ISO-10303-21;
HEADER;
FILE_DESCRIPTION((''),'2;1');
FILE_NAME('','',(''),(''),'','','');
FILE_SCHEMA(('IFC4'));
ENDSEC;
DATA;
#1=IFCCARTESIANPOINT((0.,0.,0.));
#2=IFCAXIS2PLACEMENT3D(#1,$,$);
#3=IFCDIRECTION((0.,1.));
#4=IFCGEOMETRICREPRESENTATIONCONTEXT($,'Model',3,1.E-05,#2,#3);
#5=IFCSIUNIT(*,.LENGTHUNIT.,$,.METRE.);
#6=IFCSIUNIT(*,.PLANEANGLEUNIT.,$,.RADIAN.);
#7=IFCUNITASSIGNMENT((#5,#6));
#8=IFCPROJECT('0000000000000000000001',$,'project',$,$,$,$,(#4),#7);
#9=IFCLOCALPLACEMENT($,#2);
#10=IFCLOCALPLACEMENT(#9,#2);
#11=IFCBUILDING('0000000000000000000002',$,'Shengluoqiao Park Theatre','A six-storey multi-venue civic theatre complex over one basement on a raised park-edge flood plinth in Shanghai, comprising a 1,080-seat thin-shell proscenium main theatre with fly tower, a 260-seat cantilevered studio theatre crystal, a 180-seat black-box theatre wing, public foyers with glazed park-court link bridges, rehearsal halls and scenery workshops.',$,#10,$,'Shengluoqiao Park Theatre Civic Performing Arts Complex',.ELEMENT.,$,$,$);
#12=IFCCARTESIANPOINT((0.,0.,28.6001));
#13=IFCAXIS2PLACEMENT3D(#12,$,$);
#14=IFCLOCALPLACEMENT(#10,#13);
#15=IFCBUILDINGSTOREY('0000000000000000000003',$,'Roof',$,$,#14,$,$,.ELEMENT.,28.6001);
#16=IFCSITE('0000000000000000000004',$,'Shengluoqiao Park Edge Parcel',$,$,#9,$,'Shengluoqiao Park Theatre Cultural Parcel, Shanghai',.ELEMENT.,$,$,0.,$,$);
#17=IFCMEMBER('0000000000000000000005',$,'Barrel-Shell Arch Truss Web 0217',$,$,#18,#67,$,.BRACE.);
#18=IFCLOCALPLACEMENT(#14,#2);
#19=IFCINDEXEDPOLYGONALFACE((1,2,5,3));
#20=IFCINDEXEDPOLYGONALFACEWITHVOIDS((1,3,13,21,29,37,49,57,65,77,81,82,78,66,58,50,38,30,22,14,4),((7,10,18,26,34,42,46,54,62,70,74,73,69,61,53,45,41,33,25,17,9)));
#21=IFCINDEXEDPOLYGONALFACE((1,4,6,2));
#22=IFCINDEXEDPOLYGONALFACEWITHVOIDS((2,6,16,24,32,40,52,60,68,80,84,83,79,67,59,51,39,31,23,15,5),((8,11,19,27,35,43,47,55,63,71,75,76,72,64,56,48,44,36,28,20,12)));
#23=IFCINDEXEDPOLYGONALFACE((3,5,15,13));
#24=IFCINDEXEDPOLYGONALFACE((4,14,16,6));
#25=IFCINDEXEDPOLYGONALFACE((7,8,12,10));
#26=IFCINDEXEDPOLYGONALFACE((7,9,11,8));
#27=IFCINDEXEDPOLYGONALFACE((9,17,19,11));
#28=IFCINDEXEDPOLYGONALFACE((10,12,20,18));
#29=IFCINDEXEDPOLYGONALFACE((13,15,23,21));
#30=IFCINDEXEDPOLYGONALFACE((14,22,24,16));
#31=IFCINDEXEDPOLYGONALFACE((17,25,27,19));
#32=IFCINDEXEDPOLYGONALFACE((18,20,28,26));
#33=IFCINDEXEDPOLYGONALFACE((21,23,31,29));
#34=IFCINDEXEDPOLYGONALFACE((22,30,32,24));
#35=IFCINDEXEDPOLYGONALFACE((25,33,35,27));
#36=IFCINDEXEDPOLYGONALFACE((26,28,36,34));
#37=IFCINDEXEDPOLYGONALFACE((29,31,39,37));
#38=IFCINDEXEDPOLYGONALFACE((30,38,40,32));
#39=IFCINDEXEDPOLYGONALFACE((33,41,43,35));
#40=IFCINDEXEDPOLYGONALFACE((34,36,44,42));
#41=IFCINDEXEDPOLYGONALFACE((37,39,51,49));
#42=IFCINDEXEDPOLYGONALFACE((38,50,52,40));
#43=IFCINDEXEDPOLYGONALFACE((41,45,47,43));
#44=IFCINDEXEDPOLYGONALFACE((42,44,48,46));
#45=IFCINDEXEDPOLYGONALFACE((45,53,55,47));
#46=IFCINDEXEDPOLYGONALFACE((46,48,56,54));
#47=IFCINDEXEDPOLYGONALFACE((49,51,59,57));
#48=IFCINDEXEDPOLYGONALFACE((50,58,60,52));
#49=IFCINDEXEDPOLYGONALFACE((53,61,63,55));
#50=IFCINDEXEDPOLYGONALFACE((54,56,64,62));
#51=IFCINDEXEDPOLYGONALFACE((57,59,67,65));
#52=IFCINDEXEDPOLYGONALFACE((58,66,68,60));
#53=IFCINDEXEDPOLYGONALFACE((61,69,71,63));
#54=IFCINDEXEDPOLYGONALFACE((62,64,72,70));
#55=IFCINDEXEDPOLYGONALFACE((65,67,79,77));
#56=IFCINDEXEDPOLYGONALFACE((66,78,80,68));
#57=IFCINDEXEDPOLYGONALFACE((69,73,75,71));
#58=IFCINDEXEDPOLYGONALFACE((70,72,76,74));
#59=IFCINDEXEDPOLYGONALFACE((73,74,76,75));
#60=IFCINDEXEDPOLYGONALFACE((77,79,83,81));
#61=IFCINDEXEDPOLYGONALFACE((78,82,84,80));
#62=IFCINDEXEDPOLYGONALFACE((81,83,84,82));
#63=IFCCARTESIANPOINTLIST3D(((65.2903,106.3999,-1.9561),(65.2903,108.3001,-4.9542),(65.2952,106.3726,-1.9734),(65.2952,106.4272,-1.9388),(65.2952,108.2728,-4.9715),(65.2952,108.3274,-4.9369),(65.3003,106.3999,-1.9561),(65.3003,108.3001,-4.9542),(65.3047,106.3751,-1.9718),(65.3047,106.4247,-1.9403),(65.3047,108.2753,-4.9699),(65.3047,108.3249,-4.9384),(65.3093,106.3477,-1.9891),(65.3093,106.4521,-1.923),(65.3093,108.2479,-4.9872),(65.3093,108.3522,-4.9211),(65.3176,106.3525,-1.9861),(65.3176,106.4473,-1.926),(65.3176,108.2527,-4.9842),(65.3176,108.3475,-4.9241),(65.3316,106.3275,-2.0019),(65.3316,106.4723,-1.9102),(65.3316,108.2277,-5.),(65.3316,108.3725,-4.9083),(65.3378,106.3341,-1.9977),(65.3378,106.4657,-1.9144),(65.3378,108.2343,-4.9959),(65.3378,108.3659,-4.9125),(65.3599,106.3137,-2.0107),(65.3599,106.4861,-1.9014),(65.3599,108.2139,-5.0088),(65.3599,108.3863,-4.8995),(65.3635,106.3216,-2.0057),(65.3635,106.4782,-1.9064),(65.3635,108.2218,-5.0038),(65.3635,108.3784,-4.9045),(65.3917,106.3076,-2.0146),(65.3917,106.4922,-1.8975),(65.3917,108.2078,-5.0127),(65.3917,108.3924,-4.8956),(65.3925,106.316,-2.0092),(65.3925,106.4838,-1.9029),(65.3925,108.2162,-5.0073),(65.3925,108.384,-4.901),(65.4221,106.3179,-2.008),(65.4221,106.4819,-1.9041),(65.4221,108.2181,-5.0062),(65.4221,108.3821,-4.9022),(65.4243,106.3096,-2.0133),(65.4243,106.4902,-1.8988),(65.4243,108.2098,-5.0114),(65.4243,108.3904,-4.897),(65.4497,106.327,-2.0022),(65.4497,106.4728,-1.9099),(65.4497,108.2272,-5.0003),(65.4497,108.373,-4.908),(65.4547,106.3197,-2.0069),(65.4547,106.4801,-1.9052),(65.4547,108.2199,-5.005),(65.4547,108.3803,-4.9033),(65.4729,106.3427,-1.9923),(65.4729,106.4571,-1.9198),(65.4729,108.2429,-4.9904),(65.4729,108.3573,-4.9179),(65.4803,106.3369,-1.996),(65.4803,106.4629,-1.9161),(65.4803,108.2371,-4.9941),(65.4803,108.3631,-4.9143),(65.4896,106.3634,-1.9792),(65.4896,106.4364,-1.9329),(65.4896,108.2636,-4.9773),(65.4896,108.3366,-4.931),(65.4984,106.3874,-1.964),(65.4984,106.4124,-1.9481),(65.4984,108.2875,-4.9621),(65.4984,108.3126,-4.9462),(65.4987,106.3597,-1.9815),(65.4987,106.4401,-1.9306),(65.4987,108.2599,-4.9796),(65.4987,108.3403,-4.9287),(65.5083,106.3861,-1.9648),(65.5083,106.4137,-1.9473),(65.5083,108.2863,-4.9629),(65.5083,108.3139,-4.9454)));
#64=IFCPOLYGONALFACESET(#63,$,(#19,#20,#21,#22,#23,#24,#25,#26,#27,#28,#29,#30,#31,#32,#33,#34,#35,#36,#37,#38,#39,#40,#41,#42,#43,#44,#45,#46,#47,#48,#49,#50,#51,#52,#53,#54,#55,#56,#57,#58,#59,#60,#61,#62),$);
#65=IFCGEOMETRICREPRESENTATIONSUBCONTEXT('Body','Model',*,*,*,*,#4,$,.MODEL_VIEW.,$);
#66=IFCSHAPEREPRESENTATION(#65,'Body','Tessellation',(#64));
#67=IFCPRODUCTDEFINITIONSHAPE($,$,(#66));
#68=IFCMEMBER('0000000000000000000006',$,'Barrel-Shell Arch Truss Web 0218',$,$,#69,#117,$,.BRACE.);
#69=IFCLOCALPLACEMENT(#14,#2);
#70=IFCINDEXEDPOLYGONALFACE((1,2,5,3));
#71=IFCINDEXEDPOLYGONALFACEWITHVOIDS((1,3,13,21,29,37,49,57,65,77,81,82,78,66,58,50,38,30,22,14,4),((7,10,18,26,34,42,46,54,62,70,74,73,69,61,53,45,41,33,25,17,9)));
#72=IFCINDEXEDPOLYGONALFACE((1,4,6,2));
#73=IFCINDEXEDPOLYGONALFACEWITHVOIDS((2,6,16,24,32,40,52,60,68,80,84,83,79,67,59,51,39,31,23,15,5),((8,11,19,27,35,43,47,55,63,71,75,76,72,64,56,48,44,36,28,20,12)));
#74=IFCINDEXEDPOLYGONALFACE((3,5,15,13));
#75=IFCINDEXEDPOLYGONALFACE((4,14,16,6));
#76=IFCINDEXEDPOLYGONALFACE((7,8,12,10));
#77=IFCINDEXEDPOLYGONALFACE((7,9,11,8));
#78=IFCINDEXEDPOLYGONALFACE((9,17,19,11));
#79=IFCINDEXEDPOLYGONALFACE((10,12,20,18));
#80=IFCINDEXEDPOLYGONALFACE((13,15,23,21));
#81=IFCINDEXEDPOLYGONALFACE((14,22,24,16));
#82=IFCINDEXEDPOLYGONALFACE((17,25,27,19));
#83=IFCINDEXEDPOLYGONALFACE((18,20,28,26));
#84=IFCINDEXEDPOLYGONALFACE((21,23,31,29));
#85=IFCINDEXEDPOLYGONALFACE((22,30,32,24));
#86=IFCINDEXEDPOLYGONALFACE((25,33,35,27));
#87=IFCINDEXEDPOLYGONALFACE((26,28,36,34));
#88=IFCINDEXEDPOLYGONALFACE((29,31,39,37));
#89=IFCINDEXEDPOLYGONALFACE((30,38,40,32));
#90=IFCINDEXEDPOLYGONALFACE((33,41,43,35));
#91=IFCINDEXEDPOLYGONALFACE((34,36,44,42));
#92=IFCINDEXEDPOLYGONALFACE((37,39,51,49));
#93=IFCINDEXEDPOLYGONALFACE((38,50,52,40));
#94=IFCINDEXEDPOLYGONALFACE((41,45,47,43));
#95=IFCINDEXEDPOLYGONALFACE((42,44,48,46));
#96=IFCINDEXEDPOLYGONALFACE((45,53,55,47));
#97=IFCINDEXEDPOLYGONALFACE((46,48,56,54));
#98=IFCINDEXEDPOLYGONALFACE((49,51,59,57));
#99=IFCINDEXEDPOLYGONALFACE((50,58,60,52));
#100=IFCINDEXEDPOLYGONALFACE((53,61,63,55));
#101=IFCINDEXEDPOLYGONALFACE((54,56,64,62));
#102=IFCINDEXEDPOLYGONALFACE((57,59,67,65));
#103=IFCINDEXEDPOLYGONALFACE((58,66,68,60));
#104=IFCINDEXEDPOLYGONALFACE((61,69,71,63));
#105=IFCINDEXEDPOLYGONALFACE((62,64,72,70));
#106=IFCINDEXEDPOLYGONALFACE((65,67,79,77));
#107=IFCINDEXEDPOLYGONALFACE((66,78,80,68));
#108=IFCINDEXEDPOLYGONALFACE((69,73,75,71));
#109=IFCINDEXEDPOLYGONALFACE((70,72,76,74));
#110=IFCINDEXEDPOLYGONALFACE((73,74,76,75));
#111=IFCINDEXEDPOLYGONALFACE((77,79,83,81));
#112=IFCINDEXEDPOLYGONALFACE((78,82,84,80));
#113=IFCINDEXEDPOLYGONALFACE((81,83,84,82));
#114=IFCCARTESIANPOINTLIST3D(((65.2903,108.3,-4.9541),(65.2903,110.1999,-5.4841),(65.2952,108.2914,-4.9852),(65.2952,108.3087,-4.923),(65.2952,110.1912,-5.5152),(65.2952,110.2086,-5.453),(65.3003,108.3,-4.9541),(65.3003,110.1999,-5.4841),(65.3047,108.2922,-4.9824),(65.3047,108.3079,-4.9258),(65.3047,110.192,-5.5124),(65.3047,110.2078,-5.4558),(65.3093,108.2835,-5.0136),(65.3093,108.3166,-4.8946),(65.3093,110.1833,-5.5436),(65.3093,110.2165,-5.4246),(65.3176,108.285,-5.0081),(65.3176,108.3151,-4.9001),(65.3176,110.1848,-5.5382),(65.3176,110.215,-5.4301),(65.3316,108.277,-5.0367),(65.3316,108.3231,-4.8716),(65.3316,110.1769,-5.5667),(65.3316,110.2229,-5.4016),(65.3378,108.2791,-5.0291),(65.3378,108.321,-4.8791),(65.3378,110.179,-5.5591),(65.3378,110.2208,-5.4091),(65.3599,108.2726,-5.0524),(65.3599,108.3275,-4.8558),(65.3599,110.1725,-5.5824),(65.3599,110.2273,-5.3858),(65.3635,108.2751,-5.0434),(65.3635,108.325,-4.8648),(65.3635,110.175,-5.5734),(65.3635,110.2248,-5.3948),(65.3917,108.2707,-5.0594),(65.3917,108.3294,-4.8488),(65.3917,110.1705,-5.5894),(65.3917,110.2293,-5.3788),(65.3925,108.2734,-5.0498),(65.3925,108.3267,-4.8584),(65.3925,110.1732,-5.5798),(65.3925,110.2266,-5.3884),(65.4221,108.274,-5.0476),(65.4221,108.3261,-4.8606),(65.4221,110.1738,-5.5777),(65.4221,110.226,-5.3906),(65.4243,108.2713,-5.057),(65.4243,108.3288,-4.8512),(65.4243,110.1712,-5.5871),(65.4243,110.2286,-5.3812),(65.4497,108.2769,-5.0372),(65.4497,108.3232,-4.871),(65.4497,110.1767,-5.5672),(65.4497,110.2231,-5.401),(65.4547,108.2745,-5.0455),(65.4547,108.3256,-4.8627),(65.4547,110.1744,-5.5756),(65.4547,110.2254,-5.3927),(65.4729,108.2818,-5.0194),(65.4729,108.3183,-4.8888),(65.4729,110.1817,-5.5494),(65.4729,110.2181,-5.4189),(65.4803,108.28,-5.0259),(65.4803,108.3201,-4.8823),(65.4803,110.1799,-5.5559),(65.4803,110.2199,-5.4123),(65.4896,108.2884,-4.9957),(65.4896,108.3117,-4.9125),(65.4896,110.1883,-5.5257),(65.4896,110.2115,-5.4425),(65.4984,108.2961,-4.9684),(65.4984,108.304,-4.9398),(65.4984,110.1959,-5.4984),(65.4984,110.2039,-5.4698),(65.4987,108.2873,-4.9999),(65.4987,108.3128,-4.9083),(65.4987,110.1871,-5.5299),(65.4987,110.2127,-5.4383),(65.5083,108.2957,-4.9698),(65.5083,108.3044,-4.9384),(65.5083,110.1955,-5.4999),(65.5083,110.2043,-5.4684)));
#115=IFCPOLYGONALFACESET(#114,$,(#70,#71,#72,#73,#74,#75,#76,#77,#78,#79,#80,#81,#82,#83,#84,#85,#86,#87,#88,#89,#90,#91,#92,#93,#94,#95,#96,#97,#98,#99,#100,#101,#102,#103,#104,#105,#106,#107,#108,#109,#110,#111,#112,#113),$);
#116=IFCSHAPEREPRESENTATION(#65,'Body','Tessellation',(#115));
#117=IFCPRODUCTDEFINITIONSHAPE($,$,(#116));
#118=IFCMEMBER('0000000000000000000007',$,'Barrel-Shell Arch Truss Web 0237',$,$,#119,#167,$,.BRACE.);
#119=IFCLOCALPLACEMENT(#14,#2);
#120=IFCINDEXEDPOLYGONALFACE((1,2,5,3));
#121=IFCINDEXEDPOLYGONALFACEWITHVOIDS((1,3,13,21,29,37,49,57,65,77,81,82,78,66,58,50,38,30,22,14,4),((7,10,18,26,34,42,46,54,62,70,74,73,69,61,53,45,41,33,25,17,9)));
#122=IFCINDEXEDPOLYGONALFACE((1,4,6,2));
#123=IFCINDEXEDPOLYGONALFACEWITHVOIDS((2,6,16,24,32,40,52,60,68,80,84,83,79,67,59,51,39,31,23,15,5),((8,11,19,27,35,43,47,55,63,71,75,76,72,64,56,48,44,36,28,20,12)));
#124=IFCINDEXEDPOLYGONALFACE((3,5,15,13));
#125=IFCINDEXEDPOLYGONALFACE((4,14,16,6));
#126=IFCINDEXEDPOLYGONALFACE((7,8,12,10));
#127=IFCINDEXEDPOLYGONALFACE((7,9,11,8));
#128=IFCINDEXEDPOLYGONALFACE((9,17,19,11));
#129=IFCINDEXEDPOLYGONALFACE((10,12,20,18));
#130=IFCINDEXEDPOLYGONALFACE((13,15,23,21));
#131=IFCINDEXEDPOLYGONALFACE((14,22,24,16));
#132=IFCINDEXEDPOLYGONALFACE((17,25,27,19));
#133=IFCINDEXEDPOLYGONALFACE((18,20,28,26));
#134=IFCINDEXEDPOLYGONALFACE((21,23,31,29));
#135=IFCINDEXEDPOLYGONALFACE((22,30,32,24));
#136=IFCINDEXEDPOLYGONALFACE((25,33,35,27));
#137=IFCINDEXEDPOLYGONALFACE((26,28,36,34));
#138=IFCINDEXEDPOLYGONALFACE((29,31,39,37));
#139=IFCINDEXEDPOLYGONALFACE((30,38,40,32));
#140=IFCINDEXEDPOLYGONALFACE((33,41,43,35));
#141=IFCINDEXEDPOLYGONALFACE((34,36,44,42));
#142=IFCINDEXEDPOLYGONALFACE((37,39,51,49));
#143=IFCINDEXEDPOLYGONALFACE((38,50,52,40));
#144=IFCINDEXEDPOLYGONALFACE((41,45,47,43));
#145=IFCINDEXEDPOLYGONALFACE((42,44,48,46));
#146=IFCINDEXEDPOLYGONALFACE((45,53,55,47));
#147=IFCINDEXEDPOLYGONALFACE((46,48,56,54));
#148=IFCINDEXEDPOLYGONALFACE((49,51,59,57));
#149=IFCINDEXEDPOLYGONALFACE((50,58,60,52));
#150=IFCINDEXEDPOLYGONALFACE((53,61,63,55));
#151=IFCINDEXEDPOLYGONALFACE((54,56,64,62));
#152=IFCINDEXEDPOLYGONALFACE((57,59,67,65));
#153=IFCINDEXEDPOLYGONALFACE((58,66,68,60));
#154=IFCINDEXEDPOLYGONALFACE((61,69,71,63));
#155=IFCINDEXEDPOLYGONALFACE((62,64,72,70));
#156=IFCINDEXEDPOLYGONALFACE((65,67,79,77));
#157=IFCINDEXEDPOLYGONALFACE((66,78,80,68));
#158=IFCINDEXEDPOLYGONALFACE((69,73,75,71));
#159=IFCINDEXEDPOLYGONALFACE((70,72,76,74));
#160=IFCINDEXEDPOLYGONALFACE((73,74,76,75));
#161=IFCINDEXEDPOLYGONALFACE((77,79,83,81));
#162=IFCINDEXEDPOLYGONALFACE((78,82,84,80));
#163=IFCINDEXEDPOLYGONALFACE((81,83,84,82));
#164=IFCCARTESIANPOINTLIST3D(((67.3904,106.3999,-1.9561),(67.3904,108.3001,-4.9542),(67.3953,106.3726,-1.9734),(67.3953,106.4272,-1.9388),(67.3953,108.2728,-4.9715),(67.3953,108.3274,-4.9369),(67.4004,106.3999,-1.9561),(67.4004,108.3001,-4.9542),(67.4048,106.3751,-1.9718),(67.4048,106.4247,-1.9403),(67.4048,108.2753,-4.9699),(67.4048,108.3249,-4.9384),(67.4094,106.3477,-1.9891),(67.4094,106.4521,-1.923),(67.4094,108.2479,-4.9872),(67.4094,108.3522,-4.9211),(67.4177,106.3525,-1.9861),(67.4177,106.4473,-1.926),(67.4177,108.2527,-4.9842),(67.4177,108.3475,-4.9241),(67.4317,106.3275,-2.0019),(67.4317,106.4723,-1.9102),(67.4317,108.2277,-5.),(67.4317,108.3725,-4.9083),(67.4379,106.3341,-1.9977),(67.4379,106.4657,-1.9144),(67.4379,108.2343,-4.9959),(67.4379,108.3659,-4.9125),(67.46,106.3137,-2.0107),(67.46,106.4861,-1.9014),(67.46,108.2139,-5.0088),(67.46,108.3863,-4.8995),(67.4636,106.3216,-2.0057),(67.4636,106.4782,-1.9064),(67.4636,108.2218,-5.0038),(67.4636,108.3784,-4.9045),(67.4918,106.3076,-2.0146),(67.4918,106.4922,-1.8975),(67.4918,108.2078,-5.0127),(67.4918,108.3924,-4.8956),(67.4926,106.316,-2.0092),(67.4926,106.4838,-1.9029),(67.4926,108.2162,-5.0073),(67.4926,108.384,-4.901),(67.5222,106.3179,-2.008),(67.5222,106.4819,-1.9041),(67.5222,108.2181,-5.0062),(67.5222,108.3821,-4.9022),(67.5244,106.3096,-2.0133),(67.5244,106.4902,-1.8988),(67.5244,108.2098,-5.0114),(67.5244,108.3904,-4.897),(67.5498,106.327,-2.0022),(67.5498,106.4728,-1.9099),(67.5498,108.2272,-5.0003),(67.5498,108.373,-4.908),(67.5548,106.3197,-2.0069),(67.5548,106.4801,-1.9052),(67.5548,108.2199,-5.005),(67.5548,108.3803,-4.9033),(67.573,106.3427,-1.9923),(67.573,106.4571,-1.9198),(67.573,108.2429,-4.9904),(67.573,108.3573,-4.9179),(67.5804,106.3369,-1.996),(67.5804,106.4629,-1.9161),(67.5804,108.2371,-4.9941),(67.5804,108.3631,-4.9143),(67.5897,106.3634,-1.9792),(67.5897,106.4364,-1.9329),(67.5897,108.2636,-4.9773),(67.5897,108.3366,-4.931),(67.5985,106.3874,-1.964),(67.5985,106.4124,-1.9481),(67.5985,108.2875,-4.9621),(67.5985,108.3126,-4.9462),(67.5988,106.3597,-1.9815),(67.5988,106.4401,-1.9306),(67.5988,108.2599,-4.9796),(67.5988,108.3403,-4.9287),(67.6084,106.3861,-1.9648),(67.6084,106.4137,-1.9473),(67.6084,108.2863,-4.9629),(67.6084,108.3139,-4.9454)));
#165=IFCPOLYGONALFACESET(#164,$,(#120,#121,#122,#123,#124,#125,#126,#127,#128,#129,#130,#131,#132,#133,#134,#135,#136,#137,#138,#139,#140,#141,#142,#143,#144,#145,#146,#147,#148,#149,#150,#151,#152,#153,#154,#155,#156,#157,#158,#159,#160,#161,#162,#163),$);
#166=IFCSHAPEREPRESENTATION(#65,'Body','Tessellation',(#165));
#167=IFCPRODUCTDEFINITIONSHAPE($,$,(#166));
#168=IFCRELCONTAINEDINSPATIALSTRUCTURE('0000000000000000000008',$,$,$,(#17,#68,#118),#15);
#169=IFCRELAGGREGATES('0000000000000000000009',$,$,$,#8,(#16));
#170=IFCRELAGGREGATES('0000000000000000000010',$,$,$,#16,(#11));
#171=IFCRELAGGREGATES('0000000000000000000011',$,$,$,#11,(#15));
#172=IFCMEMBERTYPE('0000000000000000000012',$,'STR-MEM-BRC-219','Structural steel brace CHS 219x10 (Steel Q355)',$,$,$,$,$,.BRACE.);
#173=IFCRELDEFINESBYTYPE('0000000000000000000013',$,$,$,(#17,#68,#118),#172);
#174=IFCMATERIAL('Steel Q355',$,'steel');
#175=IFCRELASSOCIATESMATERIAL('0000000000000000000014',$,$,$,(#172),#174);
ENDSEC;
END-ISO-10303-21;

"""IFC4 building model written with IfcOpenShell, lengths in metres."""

from ifc_helpers import new_model, si_unit, direction, frame, origin, origin_2d, place, context, subcontext, project, spatial, hollow_circle, extrude, material, material_profile, profile_set, type_object, element, save


model = new_model("IFC4")

# Units and contexts
model_context = context("Model", 3, precision=1e-05, world=origin(), true_north=direction((0.0, 1.0)))
body_context = subcontext(model_context, "Body", "Model", "MODEL_VIEW")
ifc_project = project(units=[si_unit("LENGTHUNIT", "METRE"), si_unit("PLANEANGLEUNIT", "RADIAN")], contexts=[model_context])

# Site, building, storey
site_placement = place(None, origin())
site = spatial("IfcSite", under=ifc_project, at=site_placement, Name="Shengluoqiao Park Edge Parcel", LongName="Shengluoqiao Park Theatre Cultural Parcel, Shanghai", CompositionType="ELEMENT", RefElevation=0.0)
building_placement = place(site_placement, origin())
building = spatial("IfcBuilding", under=site, at=building_placement, Name="Shengluoqiao Park Theatre", Description="A six-storey multi-venue civic theatre complex over one basement on a raised park-edge flood plinth in Shanghai, comprising a 1,080-seat thin-shell proscenium main theatre with fly tower, a 260-seat cantilevered studio theatre crystal, a 180-seat black-box theatre wing, public foyers with glazed park-court link bridges, rehearsal halls and scenery workshops.", LongName="Shengluoqiao Park Theatre Civic Performing Arts Complex", CompositionType="ELEMENT")
storey_placement = place(building_placement, frame((0.0, 0.0, 28.6001)))
storey = spatial("IfcBuildingStorey", under=building, at=storey_placement, Name="Roof", CompositionType="ELEMENT", Elevation=28.6001)

# Shared definitions
ifc_material_1 = material(Name="Steel Q355", Category="steel")

# Members
ifc_material_profile_1 = material_profile(ifc_material_1, hollow_circle(Radius=0.1096, WallThickness=0.01, at=origin_2d()), Name="CHS 219x10")
ifc_profile_set_1 = profile_set([ifc_material_profile_1], Name="Steel Q355")
member_type_1 = type_object("IfcMemberType", Name="STR-MEM-BRC-219", Description="Structural steel brace CHS 219x10 (Steel Q355)", PredefinedType="BRACE", material=ifc_profile_set_1)
member_1_placement = place(storey_placement, frame((65.3999, 106.3999, -1.9561), z_axis=(0.0, 0.53533, -0.844643), x_axis=(-1.0, 0.0, 0.0)))
element("IfcMember", 1, at=member_1_placement, inside=storey, type_object=member_type_1, Name="Barrel-Shell Arch Truss Web 0217", PredefinedType="BRACE", context=body_context, shape_type="SweptSolid", body=[
    extrude(hollow_circle(Radius=0.1096, WallThickness=0.01, at=origin_2d()), origin(), (0.0, 0.0, 1.0), 3.5496),
])
member_2_placement = place(storey_placement, frame((65.3999, 108.3, -4.9541), z_axis=(0.0, 0.963219, -0.268716), x_axis=(-1.0, 0.0, 0.0)))
element("IfcMember", 2, at=member_2_placement, inside=storey, type_object=member_type_1, Name="Barrel-Shell Arch Truss Web 0218", PredefinedType="BRACE", context=body_context, shape_type="SweptSolid", body=[
    extrude(hollow_circle(Radius=0.1096, WallThickness=0.01, at=origin_2d()), origin(), (0.0, 0.0, 1.0), 1.9724),
])
member_3_placement = place(storey_placement, frame((67.5, 106.3999, -1.9561), z_axis=(0.0, 0.53533, -0.844643), x_axis=(-1.0, 0.0, 0.0)))
element("IfcMember", 3, at=member_3_placement, inside=storey, type_object=member_type_1, Name="Barrel-Shell Arch Truss Web 0237", PredefinedType="BRACE", context=body_context, shape_type="SweptSolid", body=[
    extrude(hollow_circle(Radius=0.1096, WallThickness=0.01, at=origin_2d()), origin(), (0.0, 0.0, 1.0), 3.5496),
])

save(model, "model.ifc")
